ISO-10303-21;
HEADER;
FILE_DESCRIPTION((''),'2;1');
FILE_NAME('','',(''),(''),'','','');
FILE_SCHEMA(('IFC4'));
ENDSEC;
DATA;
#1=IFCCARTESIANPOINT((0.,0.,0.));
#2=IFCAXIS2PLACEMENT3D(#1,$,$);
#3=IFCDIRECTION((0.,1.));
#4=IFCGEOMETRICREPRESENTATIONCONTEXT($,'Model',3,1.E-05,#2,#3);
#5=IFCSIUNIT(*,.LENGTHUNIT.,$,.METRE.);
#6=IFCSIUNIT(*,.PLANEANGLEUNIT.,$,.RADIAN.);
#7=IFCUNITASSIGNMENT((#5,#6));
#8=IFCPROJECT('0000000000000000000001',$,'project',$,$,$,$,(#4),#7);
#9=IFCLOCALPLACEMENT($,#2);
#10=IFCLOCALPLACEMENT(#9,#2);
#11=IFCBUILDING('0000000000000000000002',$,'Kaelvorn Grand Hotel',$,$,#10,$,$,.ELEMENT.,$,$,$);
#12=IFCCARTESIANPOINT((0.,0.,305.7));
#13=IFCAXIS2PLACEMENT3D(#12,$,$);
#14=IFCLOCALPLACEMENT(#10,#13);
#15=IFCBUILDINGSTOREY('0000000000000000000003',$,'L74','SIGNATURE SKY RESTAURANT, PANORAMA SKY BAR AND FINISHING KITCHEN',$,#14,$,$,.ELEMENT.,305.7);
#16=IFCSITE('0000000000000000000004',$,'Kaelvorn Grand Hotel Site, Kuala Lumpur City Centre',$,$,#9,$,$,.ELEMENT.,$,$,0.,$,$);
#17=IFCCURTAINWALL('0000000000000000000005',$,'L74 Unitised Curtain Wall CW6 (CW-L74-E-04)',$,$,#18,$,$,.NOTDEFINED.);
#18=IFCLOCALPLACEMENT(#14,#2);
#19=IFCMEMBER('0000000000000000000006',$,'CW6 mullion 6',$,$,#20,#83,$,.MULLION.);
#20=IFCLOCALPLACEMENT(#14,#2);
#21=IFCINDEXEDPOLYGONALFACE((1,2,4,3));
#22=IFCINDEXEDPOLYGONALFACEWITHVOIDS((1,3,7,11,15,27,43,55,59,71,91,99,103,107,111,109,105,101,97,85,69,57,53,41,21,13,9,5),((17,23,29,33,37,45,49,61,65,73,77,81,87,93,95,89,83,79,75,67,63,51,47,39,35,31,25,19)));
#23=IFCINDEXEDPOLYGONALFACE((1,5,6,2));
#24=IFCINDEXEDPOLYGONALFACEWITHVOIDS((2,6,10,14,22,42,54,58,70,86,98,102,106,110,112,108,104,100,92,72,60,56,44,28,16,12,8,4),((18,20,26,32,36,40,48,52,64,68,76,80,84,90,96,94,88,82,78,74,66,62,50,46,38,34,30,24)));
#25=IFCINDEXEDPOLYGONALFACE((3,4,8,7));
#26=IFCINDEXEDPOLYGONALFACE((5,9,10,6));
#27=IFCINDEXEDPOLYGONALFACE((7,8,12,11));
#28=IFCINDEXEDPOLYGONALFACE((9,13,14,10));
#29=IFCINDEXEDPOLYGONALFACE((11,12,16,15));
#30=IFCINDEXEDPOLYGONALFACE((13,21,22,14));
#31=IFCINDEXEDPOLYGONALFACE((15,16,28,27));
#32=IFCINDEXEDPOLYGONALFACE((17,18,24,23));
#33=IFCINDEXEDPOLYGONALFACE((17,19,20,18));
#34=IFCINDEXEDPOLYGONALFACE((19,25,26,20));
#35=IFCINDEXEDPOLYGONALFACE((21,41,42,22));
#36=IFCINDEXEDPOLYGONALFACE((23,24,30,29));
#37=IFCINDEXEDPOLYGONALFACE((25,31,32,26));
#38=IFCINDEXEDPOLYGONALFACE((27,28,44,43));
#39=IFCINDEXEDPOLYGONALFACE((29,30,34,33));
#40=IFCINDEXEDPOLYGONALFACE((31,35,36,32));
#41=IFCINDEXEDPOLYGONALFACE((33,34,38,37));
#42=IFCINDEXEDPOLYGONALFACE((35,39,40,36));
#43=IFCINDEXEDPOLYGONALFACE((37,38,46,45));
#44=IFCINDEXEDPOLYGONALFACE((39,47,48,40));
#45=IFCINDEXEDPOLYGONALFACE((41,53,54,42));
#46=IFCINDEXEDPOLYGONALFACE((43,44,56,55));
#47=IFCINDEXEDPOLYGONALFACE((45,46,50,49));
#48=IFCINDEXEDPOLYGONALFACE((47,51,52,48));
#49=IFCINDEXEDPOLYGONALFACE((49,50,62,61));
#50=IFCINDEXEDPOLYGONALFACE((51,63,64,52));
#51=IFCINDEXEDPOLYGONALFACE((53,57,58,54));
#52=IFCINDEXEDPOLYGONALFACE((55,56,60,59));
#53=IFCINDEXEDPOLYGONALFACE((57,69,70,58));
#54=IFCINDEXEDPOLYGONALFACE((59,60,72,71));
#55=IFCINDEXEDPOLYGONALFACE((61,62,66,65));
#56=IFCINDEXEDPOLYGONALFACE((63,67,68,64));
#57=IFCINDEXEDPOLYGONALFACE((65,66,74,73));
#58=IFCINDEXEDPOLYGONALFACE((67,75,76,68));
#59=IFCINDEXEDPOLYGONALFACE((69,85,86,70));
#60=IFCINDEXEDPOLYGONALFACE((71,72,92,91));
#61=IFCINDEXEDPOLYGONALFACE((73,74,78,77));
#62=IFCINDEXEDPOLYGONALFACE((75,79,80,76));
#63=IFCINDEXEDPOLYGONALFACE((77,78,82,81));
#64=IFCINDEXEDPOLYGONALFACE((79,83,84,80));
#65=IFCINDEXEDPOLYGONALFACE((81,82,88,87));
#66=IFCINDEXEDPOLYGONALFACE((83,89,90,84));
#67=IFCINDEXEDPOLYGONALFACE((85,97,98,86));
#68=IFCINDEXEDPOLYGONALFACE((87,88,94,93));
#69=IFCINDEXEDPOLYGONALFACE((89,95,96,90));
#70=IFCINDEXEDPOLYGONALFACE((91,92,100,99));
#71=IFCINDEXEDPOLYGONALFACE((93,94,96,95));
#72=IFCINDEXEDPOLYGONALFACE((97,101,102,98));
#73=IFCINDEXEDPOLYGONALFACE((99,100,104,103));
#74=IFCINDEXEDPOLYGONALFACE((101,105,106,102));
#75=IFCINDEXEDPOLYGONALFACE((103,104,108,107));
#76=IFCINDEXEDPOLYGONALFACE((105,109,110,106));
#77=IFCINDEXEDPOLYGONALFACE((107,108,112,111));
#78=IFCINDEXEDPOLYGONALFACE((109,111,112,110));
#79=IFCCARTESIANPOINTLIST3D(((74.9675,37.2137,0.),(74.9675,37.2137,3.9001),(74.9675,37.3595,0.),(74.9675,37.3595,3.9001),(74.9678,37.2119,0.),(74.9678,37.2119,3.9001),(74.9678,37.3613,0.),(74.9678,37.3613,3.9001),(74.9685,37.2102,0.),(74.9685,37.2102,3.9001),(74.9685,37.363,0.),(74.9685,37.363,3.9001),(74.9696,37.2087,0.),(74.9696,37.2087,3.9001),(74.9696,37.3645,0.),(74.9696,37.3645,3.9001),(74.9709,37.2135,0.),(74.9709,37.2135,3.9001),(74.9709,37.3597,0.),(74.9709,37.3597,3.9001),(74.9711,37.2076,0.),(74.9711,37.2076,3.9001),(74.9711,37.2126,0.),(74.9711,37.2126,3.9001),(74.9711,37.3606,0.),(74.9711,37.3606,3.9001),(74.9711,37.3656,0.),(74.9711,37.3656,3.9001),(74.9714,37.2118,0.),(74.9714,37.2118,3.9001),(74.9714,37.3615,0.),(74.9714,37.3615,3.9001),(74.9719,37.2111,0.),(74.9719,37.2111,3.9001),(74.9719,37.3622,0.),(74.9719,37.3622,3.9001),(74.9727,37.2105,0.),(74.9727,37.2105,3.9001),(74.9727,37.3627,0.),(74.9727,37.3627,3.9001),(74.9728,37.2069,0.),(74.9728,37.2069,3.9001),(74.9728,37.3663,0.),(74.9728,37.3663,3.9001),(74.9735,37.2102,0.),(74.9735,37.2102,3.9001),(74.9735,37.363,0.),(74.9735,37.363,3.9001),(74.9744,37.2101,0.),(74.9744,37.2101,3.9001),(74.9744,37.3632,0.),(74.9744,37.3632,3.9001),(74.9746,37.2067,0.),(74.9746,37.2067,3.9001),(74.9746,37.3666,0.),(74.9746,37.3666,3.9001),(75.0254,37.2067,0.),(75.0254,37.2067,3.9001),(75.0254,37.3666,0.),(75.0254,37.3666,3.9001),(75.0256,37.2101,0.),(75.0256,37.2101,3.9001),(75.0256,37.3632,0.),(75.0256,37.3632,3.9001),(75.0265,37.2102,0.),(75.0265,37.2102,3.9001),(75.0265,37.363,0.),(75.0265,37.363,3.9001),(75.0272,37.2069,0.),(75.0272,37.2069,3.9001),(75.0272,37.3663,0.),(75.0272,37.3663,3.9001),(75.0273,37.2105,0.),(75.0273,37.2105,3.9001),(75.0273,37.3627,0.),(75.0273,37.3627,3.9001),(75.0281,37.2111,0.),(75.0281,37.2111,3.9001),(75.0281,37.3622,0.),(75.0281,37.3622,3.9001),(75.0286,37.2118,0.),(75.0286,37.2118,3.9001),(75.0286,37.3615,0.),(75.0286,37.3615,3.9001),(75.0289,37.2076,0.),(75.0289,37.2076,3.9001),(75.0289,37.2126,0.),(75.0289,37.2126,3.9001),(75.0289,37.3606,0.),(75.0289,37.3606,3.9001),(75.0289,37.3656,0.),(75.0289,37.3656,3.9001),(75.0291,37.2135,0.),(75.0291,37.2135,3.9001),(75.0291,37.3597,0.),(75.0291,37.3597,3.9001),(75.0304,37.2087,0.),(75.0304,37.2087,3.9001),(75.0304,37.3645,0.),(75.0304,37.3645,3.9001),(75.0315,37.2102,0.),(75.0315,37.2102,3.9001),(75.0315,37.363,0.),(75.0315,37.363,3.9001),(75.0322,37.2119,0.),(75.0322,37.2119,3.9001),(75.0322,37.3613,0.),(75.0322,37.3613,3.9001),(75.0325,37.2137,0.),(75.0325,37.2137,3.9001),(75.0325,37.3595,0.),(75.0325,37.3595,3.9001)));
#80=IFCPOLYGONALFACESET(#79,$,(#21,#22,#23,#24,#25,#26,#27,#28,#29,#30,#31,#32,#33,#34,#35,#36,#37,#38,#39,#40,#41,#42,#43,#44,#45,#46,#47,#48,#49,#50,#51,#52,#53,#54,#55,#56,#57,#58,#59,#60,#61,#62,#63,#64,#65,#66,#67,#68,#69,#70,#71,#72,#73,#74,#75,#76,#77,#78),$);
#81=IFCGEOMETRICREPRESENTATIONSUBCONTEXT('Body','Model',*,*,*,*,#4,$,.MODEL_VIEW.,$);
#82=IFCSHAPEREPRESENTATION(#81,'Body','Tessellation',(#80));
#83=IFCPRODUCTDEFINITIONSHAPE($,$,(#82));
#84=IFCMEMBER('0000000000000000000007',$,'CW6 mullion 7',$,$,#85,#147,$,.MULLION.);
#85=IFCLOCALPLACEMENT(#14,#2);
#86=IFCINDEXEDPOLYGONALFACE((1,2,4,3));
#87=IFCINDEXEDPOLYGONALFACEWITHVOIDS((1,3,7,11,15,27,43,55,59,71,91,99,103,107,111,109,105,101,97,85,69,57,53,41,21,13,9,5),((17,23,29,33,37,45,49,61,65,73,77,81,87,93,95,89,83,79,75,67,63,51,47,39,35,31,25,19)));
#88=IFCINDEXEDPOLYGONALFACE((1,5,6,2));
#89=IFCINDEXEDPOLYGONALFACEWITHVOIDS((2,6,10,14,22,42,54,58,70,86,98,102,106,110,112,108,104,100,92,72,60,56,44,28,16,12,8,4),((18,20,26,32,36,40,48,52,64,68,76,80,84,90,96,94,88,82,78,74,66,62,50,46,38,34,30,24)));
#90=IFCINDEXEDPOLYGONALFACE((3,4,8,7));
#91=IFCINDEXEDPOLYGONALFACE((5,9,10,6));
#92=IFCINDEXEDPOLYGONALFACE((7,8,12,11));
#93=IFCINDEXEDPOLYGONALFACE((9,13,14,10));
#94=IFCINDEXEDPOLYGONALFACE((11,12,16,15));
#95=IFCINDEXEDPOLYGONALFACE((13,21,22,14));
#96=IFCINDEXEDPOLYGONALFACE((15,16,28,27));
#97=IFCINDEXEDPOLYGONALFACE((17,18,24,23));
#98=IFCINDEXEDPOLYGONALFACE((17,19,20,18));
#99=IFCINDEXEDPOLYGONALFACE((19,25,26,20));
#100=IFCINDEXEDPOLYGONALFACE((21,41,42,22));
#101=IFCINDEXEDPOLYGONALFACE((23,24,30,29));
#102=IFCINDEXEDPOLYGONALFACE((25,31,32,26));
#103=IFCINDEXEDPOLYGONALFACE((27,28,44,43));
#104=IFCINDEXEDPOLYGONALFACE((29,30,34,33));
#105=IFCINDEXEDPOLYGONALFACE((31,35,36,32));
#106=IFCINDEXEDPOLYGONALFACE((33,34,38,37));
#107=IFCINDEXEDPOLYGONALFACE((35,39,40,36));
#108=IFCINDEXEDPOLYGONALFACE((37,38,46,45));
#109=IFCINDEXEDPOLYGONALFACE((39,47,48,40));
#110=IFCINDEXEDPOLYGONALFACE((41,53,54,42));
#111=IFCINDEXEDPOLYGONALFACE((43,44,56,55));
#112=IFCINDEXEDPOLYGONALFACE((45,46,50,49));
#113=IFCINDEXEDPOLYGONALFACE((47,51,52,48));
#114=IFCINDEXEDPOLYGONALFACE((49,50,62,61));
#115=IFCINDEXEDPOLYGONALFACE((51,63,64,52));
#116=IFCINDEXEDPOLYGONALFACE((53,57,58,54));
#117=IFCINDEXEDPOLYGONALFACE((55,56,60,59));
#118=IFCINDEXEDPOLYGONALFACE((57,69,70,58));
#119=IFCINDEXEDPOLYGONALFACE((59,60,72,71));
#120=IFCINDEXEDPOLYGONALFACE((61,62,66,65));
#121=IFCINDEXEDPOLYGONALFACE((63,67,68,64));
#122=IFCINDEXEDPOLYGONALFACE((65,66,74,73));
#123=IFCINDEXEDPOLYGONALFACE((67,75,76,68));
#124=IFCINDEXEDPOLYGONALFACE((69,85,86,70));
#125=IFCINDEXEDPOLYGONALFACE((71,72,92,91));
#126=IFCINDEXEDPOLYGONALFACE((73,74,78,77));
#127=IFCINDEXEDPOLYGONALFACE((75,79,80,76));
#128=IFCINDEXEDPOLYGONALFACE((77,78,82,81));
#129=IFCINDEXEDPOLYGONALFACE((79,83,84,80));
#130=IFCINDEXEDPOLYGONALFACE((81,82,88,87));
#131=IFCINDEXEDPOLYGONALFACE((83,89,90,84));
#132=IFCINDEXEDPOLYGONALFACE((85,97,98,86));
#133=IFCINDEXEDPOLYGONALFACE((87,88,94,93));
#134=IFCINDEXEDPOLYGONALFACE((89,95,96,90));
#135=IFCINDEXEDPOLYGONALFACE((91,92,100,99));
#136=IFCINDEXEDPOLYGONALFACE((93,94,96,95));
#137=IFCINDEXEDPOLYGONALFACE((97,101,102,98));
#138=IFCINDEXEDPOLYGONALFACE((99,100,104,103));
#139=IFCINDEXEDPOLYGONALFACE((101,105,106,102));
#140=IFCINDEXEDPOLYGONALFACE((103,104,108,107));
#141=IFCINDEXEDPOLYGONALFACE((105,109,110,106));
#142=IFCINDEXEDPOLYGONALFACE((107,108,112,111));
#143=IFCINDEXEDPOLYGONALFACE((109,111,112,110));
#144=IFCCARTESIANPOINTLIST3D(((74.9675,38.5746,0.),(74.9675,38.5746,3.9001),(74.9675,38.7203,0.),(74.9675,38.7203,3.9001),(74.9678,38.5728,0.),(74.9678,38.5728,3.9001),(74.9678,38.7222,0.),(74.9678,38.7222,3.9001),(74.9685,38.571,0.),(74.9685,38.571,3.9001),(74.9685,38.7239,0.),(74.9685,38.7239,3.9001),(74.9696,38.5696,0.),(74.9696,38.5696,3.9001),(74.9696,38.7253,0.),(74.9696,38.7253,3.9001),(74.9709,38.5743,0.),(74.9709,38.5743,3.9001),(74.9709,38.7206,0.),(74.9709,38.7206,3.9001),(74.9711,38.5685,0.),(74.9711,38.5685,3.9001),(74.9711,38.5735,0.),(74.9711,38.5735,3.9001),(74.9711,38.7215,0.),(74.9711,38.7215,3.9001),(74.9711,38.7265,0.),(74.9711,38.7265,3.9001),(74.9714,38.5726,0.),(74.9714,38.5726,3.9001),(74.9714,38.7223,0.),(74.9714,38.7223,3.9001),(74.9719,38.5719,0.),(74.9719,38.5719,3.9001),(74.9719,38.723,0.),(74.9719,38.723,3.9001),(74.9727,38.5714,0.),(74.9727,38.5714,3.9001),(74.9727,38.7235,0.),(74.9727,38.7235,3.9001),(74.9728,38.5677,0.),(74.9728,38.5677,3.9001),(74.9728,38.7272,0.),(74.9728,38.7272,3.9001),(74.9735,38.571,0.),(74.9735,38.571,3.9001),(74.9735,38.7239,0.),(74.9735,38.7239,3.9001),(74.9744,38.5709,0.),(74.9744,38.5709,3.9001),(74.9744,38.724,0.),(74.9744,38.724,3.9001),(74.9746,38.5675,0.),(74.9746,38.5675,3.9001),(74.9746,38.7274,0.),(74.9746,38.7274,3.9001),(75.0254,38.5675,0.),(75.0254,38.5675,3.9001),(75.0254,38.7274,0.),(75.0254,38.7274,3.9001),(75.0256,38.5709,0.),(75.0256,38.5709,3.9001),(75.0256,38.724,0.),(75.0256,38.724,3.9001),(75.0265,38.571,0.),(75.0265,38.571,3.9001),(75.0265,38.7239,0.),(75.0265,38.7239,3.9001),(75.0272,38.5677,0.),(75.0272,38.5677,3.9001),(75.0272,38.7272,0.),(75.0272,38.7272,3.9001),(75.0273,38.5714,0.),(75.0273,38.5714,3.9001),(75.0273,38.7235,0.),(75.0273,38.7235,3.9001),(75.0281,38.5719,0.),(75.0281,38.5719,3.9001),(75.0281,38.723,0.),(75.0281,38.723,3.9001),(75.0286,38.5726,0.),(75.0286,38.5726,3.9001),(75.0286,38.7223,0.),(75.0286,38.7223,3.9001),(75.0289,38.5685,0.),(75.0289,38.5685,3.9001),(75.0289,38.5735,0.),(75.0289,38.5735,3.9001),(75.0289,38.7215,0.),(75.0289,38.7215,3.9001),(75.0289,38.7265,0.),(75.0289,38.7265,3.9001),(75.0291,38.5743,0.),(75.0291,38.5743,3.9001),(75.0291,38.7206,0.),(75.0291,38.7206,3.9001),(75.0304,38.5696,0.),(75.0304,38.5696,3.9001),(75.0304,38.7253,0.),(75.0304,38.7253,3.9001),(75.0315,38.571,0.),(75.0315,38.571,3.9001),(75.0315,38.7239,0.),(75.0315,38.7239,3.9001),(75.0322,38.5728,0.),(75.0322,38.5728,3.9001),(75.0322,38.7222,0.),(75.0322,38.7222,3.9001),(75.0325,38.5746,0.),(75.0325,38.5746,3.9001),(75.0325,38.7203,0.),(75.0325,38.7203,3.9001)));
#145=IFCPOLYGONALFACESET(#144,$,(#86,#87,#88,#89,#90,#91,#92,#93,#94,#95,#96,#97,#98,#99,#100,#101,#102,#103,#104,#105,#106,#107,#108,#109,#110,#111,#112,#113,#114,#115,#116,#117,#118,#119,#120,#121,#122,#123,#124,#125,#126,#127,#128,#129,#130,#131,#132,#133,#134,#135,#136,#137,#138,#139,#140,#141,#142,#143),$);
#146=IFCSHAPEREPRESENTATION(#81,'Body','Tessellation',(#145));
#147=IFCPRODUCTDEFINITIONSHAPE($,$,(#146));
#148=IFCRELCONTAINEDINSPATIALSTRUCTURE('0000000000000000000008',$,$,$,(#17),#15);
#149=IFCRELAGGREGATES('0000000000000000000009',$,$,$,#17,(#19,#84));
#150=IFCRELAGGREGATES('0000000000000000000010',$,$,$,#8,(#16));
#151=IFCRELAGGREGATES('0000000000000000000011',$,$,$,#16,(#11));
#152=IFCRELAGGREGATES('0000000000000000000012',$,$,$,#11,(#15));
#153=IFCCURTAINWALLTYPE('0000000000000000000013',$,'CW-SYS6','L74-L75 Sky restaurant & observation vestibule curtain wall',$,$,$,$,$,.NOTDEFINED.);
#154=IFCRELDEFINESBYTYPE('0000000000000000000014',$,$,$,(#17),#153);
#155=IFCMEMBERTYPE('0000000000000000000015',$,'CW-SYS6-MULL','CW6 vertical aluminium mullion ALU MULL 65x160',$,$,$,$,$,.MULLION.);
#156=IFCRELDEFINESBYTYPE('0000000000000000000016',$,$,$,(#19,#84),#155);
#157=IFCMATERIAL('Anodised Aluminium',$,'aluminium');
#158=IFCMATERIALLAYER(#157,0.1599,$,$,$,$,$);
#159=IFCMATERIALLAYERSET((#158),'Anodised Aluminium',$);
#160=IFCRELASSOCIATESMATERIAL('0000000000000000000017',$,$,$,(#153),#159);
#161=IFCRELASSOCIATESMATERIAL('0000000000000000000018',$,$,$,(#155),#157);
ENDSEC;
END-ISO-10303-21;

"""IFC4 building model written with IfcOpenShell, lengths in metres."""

from ifc_helpers import new_model, si_unit, direction, frame, origin, origin_2d, place, context, subcontext, project, spatial, hollow_rectangle, extrude, material, layer, layer_set, material_profile, profile_set, type_object, element, aggregate, save


model = new_model("IFC4")

# Units and contexts
model_context = context("Model", 3, precision=1e-05, world=origin(), true_north=direction((0.0, 1.0)))
body_context = subcontext(model_context, "Body", "Model", "MODEL_VIEW")
ifc_project = project(units=[si_unit("LENGTHUNIT", "METRE"), si_unit("PLANEANGLEUNIT", "RADIAN")], contexts=[model_context])

# Site, building, storey
site_placement = place(None, origin())
site = spatial("IfcSite", under=ifc_project, at=site_placement, Name="Kaelvorn Grand Hotel Site, Kuala Lumpur City Centre", CompositionType="ELEMENT", RefElevation=0.0)
building_placement = place(site_placement, origin())
building = spatial("IfcBuilding", under=site, at=building_placement, Name="Kaelvorn Grand Hotel", CompositionType="ELEMENT")
storey_placement = place(building_placement, frame((0.0, 0.0, 305.7)))
storey = spatial("IfcBuildingStorey", under=building, at=storey_placement, Name="L74", Description="SIGNATURE SKY RESTAURANT, PANORAMA SKY BAR AND FINISHING KITCHEN", CompositionType="ELEMENT", Elevation=305.7)

# Curtain wall, members
ifc_material_1 = material(Name="Anodised Aluminium", Category="aluminium")
ifc_layer_1 = layer(ifc_material_1, 0.1599)
ifc_layer_set_1 = layer_set([ifc_layer_1], Name="Anodised Aluminium")
curtain_wall_type = type_object("IfcCurtainWallType", Name="CW-SYS6", Description="L74-L75 Sky restaurant & observation vestibule curtain wall", PredefinedType="NOTDEFINED", material=ifc_layer_set_1)
curtain_wall_1_placement = place(storey_placement, origin())
curtain_wall_1 = element("IfcCurtainWall", 1, at=curtain_wall_1_placement, inside=storey, type_object=curtain_wall_type, Name="L74 Unitised Curtain Wall CW6 (CW-L74-E-04)", PredefinedType="NOTDEFINED")
ifc_material_profile_1 = material_profile(ifc_material_1, hollow_rectangle(XDim=0.0649, YDim=0.1599, WallThickness=0.0034, InnerFilletRadius=0.0034, OuterFilletRadius=0.0071, at=origin_2d()), Name="ALU MULL 65x160")
ifc_profile_set_1 = profile_set([ifc_material_profile_1], Name="Anodised Aluminium")
member_type_1 = type_object("IfcMemberType", Name="CW-SYS6-MULL", Description="CW6 vertical aluminium mullion ALU MULL 65x160", PredefinedType="MULLION", material=ifc_profile_set_1)
member_1_placement = place(storey_placement, frame((75.0, 37.2866, 0.0), z_axis=(0.0, 0.0, 1.0), x_axis=(-1.0, 0.0, 0.0)))
member_1 = element("IfcMember", 2, at=member_1_placement, type_object=member_type_1, Name="CW6 mullion 6", PredefinedType="MULLION", context=body_context, shape_type="SweptSolid", body=[
    extrude(hollow_rectangle(XDim=0.0649, YDim=0.1599, WallThickness=0.0034, InnerFilletRadius=0.0034, OuterFilletRadius=0.0071, at=origin_2d()), origin(), (0.0, 0.0, 1.0), 3.9001),
])
member_2_placement = place(storey_placement, frame((75.0, 38.6475, 0.0), z_axis=(0.0, 0.0, 1.0), x_axis=(-1.0, 0.0, 0.0)))
member_2 = element("IfcMember", 3, at=member_2_placement, type_object=member_type_1, Name="CW6 mullion 7", PredefinedType="MULLION", context=body_context, shape_type="SweptSolid", body=[
    extrude(hollow_rectangle(XDim=0.0649, YDim=0.1599, WallThickness=0.0034, InnerFilletRadius=0.0034, OuterFilletRadius=0.0071, at=origin_2d()), origin(), (0.0, 0.0, 1.0), 3.9001),
])

aggregate(curtain_wall_1, [member_1, member_2])

save(model, "model.ifc")
